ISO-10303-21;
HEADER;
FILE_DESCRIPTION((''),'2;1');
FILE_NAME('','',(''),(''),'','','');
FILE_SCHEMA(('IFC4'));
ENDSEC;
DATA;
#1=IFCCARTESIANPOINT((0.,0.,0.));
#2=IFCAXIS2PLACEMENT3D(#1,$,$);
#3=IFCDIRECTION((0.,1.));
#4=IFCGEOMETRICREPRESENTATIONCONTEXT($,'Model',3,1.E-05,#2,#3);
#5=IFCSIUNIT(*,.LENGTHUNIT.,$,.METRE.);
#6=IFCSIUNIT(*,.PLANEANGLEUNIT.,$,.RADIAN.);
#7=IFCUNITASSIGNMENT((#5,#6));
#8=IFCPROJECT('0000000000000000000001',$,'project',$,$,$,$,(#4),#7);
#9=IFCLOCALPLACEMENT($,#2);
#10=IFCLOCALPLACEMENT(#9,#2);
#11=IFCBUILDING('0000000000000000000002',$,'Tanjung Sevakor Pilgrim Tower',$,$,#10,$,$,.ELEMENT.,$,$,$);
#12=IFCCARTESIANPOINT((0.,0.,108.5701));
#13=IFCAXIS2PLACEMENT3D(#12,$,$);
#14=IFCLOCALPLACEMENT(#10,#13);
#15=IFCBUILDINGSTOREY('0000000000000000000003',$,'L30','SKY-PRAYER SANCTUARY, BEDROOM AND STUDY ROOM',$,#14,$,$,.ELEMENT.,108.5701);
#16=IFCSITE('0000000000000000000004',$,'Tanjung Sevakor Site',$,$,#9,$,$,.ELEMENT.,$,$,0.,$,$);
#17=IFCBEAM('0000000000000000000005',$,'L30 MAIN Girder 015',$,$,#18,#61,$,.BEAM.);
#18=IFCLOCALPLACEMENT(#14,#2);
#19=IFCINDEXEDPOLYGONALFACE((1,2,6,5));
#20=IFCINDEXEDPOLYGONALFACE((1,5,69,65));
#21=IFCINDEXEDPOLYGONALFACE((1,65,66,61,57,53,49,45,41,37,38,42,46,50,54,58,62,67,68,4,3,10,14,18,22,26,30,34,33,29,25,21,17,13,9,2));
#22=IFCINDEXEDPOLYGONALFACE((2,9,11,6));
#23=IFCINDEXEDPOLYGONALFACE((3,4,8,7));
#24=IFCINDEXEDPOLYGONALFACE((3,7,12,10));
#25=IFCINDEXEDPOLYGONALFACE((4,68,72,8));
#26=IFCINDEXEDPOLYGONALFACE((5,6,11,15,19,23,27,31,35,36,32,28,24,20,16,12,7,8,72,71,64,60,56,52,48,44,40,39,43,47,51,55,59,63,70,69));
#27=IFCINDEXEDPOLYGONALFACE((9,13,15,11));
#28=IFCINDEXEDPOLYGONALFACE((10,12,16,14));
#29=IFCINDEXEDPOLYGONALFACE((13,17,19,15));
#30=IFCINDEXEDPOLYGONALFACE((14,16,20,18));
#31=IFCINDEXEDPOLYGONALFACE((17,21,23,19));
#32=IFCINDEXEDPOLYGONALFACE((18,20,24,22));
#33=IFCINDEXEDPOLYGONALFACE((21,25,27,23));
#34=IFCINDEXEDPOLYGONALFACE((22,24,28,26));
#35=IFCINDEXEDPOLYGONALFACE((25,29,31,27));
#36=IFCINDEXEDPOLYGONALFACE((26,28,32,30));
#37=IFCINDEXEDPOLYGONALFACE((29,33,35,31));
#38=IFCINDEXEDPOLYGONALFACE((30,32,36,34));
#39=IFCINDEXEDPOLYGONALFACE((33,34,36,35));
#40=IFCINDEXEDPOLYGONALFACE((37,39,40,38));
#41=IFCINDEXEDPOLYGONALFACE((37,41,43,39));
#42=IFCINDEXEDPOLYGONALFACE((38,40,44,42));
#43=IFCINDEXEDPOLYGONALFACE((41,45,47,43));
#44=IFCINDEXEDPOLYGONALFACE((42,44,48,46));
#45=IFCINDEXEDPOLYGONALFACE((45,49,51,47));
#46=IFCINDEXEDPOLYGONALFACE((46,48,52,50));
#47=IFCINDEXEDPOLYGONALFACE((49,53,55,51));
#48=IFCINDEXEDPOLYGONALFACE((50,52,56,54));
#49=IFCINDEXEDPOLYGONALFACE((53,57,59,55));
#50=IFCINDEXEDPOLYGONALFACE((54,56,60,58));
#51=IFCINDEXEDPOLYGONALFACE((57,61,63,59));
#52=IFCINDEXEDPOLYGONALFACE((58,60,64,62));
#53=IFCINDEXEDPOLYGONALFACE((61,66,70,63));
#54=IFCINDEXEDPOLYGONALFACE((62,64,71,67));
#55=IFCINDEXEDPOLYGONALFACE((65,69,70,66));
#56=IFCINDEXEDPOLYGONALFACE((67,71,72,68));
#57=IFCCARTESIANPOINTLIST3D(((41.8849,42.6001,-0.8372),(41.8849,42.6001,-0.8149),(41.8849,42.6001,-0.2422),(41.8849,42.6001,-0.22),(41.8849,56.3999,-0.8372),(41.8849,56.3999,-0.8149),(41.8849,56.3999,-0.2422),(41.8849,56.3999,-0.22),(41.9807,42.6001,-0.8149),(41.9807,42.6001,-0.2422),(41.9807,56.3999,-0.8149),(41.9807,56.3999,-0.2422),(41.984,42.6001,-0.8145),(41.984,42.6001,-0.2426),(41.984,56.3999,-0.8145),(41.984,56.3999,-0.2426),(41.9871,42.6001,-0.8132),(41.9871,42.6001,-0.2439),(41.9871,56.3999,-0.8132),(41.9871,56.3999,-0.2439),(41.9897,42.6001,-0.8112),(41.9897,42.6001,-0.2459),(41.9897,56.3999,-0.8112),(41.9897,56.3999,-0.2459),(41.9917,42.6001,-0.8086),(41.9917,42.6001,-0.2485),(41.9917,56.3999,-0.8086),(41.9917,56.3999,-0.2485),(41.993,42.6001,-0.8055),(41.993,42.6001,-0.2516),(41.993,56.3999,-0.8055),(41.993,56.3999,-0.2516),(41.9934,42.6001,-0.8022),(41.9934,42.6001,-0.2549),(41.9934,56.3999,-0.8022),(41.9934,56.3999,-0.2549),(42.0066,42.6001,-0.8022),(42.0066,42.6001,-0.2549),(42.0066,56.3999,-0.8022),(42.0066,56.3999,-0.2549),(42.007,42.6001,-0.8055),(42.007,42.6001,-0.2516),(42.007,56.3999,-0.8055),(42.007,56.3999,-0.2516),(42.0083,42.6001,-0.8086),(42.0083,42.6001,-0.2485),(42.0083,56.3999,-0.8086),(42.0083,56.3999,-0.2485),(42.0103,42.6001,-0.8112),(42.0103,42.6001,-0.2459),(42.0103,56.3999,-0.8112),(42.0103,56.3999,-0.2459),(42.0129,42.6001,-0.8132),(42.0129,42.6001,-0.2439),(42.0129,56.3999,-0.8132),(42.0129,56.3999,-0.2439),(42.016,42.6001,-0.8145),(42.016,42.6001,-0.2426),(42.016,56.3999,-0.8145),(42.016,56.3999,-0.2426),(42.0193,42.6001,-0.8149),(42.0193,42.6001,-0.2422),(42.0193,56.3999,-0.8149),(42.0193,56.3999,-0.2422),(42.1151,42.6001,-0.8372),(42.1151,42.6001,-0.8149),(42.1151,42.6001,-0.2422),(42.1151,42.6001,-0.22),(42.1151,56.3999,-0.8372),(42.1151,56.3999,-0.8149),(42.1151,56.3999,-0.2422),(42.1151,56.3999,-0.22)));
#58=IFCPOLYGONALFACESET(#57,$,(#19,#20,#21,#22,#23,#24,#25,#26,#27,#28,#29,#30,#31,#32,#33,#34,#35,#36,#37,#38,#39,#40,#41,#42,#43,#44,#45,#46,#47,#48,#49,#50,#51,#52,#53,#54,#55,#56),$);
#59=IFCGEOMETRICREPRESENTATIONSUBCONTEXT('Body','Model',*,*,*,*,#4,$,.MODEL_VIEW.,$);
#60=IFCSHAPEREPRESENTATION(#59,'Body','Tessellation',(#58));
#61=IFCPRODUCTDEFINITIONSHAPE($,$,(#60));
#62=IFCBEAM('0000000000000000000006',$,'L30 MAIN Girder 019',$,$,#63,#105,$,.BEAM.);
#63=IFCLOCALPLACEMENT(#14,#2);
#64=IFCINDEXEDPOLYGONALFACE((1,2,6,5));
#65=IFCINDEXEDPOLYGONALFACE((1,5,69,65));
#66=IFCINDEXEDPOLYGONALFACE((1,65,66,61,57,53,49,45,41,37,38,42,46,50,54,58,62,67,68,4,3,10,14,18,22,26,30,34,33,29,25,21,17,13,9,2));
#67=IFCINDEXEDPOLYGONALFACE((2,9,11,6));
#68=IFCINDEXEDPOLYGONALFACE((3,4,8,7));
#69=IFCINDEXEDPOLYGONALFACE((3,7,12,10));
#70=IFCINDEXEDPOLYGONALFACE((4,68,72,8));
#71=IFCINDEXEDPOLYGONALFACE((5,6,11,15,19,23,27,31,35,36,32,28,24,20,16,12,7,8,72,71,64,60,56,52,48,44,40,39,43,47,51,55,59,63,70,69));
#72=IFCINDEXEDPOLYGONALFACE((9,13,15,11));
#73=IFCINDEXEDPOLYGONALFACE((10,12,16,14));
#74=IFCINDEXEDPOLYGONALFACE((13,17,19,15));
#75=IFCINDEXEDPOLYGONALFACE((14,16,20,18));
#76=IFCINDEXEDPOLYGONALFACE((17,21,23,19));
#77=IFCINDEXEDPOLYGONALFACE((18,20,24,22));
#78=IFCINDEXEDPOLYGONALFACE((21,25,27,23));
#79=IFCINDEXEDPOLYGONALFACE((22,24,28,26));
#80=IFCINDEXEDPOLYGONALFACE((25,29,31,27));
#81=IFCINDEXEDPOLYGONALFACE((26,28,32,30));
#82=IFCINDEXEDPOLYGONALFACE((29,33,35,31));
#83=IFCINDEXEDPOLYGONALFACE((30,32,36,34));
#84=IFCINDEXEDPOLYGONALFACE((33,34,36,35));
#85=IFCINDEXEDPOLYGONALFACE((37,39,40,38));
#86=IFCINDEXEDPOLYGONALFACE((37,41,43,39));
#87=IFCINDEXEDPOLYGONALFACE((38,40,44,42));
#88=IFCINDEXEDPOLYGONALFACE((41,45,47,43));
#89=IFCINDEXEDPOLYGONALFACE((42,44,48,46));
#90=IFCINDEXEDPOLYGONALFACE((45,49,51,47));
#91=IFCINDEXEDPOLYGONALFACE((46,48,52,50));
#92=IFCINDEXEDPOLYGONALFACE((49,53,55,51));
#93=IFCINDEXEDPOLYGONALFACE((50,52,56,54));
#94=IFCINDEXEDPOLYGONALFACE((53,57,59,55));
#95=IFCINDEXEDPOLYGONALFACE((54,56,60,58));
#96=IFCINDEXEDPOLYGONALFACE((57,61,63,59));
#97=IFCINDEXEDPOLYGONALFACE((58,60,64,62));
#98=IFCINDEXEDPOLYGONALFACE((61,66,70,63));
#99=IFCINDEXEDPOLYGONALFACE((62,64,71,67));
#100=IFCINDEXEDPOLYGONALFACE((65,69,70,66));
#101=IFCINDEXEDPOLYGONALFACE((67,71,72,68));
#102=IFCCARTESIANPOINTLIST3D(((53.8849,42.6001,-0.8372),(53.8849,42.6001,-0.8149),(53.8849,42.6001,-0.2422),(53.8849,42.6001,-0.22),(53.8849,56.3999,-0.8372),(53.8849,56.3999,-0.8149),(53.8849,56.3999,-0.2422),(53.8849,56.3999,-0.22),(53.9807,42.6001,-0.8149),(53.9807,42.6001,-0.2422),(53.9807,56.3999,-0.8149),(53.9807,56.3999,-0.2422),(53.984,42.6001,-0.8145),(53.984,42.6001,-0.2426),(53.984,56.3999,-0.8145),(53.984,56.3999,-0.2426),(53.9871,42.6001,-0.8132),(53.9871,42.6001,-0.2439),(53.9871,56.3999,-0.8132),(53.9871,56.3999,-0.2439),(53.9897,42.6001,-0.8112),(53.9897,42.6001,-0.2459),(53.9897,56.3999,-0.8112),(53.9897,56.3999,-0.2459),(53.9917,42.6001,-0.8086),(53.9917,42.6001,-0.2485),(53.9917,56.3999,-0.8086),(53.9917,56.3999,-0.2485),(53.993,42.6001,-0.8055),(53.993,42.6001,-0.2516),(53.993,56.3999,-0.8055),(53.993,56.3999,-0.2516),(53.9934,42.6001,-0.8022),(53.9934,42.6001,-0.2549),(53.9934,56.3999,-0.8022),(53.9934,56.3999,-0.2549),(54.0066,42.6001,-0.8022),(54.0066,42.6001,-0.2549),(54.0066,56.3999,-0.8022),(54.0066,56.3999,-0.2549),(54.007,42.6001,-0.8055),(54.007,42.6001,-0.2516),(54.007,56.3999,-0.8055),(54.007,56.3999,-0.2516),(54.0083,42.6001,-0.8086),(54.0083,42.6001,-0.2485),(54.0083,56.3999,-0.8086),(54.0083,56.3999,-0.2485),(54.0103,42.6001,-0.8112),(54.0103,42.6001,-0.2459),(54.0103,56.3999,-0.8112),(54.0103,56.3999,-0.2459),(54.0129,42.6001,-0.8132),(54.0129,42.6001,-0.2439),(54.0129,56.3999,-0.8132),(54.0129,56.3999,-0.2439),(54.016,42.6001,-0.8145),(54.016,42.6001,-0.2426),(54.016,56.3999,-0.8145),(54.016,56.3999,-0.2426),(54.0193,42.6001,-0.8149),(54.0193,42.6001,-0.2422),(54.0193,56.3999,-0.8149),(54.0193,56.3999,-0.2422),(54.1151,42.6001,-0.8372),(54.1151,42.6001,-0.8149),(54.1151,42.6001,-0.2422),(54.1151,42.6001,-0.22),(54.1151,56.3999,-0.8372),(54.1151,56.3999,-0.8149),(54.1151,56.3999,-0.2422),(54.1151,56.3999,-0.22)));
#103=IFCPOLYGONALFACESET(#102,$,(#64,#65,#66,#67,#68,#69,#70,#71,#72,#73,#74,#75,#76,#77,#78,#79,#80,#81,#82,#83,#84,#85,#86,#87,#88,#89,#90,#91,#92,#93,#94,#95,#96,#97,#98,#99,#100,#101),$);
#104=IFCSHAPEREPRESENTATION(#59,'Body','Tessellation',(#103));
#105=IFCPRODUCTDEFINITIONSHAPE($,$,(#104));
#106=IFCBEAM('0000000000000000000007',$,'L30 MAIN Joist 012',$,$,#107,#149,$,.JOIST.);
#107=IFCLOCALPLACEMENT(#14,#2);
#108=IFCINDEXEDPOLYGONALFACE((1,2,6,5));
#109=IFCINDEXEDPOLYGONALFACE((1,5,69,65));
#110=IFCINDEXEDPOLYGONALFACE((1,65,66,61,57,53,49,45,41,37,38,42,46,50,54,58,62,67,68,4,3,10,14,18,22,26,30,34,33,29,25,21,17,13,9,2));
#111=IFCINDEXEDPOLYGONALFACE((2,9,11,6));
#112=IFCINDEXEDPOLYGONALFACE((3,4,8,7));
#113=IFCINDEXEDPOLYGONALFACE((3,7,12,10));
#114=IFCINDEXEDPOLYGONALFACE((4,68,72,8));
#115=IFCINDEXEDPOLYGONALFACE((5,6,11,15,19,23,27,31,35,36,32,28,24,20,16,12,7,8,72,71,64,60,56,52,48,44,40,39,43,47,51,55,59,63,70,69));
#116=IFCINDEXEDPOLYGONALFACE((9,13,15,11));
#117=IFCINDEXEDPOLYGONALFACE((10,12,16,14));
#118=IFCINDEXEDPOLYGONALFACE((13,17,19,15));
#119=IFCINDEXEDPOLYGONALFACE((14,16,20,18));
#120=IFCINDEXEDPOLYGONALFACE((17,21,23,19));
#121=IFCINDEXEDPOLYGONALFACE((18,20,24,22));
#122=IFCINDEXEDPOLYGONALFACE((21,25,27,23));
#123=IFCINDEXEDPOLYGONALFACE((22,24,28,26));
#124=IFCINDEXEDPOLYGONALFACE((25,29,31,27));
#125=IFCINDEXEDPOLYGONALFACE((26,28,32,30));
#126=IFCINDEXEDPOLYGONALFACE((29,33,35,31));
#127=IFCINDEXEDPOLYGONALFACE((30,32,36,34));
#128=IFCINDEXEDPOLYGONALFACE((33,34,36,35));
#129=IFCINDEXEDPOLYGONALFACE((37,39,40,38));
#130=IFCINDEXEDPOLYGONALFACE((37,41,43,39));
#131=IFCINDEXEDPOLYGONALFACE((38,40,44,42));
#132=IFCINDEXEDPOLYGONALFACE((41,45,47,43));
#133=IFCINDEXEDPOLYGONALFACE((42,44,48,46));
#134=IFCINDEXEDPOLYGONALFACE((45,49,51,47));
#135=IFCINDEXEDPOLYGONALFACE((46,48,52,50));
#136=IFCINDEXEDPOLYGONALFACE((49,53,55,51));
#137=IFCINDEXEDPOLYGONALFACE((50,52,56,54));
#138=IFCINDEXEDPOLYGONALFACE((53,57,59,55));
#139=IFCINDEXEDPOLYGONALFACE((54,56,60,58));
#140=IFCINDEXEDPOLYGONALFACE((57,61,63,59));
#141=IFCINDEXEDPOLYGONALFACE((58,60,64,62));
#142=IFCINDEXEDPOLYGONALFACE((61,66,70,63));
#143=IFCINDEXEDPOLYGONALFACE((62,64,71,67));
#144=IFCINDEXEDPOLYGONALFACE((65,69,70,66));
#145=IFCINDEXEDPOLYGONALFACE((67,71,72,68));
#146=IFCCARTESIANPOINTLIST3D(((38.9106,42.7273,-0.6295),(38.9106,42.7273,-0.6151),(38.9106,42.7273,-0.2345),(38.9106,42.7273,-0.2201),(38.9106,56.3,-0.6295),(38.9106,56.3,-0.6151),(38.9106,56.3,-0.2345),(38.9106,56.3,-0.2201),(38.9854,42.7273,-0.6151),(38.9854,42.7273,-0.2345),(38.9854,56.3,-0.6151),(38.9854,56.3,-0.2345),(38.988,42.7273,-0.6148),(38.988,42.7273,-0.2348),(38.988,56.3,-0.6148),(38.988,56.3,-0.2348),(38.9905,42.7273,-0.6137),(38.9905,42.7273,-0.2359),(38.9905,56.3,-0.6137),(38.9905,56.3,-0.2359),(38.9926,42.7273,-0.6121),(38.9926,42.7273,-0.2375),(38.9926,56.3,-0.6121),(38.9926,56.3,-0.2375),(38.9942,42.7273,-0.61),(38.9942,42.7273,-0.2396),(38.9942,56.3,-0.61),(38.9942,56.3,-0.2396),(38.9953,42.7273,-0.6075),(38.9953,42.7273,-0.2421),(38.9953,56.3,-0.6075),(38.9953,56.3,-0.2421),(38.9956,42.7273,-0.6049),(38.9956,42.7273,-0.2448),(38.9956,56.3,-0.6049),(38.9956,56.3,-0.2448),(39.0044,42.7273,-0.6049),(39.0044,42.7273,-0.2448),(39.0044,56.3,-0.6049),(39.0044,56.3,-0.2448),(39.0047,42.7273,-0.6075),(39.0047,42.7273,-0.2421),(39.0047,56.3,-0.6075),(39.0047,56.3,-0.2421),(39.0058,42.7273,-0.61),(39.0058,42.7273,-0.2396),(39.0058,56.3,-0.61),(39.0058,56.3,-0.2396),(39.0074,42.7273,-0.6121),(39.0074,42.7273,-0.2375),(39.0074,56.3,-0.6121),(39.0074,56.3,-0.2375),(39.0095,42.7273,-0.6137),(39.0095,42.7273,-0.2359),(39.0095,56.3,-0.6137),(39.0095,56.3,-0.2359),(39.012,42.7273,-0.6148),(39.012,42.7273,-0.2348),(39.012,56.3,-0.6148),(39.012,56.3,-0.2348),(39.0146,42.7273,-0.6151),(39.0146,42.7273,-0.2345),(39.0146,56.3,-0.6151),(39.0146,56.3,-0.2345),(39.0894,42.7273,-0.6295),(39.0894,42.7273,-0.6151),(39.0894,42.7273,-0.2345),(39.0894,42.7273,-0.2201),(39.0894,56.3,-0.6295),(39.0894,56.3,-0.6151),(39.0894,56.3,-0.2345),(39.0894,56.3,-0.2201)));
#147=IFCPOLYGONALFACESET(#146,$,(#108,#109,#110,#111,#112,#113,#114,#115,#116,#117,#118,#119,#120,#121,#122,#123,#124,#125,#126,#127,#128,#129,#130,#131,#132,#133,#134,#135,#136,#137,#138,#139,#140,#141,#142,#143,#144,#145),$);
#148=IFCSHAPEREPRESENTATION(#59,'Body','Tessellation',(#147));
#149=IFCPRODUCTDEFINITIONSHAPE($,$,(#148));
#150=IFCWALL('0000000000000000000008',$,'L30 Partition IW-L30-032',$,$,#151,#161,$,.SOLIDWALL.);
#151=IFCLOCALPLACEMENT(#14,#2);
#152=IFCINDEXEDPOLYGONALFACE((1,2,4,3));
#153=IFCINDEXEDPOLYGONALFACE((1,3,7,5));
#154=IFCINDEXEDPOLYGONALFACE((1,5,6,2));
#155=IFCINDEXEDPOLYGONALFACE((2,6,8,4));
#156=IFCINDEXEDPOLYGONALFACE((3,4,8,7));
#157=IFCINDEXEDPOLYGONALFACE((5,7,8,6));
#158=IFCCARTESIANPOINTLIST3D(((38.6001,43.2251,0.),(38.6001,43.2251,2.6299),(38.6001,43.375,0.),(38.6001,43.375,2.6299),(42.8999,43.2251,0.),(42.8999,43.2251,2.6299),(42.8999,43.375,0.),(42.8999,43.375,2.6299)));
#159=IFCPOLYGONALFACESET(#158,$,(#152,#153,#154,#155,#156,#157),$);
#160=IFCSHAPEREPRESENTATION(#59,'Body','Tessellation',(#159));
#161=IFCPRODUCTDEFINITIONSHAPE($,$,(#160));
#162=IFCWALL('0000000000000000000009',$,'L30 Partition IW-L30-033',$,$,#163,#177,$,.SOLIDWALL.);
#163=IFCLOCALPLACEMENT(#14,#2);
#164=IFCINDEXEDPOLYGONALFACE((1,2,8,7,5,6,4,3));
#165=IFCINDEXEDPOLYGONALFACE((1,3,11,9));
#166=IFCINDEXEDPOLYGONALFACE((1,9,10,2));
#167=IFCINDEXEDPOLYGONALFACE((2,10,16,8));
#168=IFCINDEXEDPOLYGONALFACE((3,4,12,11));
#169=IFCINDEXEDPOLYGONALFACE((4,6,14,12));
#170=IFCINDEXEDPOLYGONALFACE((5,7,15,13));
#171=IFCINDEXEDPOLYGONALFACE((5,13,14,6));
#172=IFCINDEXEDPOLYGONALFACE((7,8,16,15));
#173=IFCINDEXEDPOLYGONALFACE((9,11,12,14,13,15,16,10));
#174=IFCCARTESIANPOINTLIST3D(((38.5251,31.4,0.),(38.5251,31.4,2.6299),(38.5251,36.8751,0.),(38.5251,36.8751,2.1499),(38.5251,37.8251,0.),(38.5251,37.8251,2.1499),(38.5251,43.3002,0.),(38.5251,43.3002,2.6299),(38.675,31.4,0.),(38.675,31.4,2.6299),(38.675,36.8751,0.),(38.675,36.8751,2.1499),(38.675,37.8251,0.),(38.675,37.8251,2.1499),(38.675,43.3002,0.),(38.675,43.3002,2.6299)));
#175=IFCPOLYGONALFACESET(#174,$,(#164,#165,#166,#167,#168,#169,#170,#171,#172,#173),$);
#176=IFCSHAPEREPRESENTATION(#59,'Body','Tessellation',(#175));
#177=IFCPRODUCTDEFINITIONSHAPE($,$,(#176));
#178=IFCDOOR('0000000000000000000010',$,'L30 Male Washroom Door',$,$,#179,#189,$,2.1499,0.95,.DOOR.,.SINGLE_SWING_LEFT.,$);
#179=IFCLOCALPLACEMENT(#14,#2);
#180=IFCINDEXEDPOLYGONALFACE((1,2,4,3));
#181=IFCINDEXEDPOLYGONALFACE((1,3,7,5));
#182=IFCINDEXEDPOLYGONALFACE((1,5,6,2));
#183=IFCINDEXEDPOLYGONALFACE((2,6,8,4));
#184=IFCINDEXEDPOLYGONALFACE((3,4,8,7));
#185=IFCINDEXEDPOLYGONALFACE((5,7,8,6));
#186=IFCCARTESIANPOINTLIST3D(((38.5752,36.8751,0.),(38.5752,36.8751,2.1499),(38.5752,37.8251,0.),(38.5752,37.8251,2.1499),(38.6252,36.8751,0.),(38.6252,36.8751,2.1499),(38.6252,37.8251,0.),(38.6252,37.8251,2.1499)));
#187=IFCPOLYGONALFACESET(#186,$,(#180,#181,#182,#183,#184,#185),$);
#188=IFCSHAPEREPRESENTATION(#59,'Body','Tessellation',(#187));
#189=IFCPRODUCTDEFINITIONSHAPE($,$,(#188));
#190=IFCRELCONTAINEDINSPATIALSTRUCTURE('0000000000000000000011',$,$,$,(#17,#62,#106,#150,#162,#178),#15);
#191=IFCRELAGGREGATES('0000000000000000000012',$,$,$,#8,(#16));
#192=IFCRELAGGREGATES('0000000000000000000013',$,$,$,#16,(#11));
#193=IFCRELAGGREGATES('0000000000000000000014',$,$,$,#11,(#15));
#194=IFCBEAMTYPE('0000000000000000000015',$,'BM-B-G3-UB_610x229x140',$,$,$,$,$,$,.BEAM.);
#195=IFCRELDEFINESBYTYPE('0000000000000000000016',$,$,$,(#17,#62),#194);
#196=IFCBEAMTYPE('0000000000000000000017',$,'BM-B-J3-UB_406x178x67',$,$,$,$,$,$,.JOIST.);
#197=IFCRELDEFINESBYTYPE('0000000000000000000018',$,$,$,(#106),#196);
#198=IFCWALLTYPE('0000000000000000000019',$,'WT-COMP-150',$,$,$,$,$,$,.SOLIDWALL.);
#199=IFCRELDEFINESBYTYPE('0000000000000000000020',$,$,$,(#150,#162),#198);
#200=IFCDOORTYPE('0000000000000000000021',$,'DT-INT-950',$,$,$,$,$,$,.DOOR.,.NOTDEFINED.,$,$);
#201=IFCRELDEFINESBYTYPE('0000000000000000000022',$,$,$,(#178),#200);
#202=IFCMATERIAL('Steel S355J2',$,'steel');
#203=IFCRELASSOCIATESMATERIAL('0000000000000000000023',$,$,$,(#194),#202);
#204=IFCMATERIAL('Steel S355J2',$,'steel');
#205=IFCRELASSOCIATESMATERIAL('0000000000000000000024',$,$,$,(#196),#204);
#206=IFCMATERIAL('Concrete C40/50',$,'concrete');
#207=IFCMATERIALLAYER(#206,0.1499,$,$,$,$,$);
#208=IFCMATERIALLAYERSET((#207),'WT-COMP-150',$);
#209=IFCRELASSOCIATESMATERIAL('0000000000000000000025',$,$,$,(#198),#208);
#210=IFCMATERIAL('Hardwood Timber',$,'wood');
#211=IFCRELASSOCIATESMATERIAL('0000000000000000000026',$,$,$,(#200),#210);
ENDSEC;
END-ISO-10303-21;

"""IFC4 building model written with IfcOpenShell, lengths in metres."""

from ifc_helpers import new_model, si_unit, direction, frame, frame_2d, origin, origin_2d, place, context, subcontext, project, spatial, rectangle, i_section, extrude, material, layer, layer_set, material_profile, profile_set, type_object, element, fill, save


model = new_model("IFC4")

# Units and contexts
model_context = context("Model", 3, precision=1e-05, world=origin(), true_north=direction((0.0, 1.0)))
body_context = subcontext(model_context, "Body", "Model", "MODEL_VIEW")
ifc_project = project(units=[si_unit("LENGTHUNIT", "METRE"), si_unit("PLANEANGLEUNIT", "RADIAN")], contexts=[model_context])

# Site, building, storey
site_placement = place(None, origin())
site = spatial("IfcSite", under=ifc_project, at=site_placement, Name="Tanjung Sevakor Site", CompositionType="ELEMENT", RefElevation=0.0)
building_placement = place(site_placement, origin())
building = spatial("IfcBuilding", under=site, at=building_placement, Name="Tanjung Sevakor Pilgrim Tower", CompositionType="ELEMENT")
storey_placement = place(building_placement, frame((0.0, 0.0, 108.5701)))
storey = spatial("IfcBuildingStorey", under=building, at=storey_placement, Name="L30", Description="SKY-PRAYER SANCTUARY, BEDROOM AND STUDY ROOM", CompositionType="ELEMENT", Elevation=108.5701)

# Beams
ifc_material_1 = material(Name="Steel S355J2", Category="steel")
ifc_material_profile_1 = material_profile(ifc_material_1, i_section(OverallWidth=0.2302, OverallDepth=0.6172, WebThickness=0.0132, FlangeThickness=0.0222, FilletRadius=0.0127, at=origin_2d()))
ifc_profile_set_1 = profile_set([ifc_material_profile_1], Name="Steel S355J2")
beam_type_1 = type_object("IfcBeamType", Name="BM-B-G3-UB_610x229x140", PredefinedType="BEAM", material=ifc_profile_set_1)
for number, where, z_axis, x_axis, name in (
    (1, (42.0, 42.6001, -0.5286), (0.0, 1.0, 0.0), (-1.0, 0.0, 0.0), "L30 MAIN Girder 015"),
    (2, (54.0, 42.6001, -0.5286), (0.0, 1.0, 0.0), (-1.0, 0.0, 0.0), "L30 MAIN Girder 019"),
):
    element("IfcBeam", number, at=place(storey_placement, frame(where, z_axis=z_axis, x_axis=x_axis)), inside=storey, type_object=beam_type_1, Name=name, PredefinedType="BEAM", context=body_context, shape_type="SweptSolid", body=[
        extrude(i_section(OverallWidth=0.2302, OverallDepth=0.6172, WebThickness=0.0132, FlangeThickness=0.0222, FilletRadius=0.0127, at=origin_2d()), origin(), (0.0, 0.0, 1.0), 13.7998),
    ])
ifc_material_2 = material(Name="Steel S355J2", Category="steel")
ifc_material_profile_2 = material_profile(ifc_material_2, i_section(OverallWidth=0.1787, OverallDepth=0.4094, WebThickness=0.0088, FlangeThickness=0.0144, FilletRadius=0.0103, at=origin_2d()))
ifc_profile_set_2 = profile_set([ifc_material_profile_2], Name="Steel S355J2")
beam_type_2 = type_object("IfcBeamType", Name="BM-B-J3-UB_406x178x67", PredefinedType="JOIST", material=ifc_profile_set_2)
beam_placement = place(storey_placement, frame((39.0, 42.7273, -0.4248), z_axis=(0.0, 1.0, 0.0), x_axis=(-1.0, 0.0, 0.0)))
element("IfcBeam", 3, at=beam_placement, inside=storey, type_object=beam_type_2, Name="L30 MAIN Joist 012", PredefinedType="JOIST", context=body_context, shape_type="SweptSolid", body=[
    extrude(i_section(OverallWidth=0.1787, OverallDepth=0.4094, WebThickness=0.0088, FlangeThickness=0.0144, FilletRadius=0.0103, at=origin_2d()), origin(), (0.0, 0.0, 1.0), 13.5728),
])

# Wall
ifc_material_3 = material(Name="Concrete C40/50", Category="concrete")
ifc_layer_1 = layer(ifc_material_3, 0.1499)
ifc_layer_set_1 = layer_set([ifc_layer_1], Name="WT-COMP-150")
wall_type_1 = type_object("IfcWallType", Name="WT-COMP-150", PredefinedType="SOLIDWALL", material=ifc_layer_set_1)
wall_1_placement = place(storey_placement, frame((38.6001, 43.3, 0.0), z_axis=(0.0, 0.0, 1.0), x_axis=(1.0, 0.0, 0.0)))
element("IfcWall", 4, at=wall_1_placement, inside=storey, type_object=wall_type_1, Name="L30 Partition IW-L30-032", PredefinedType="SOLIDWALL", context=body_context, shape_type="SweptSolid", body=[
    extrude(rectangle(XDim=4.2998, YDim=0.1499, at=frame_2d((2.1499, 0.0))), origin(), (0.0, 0.0, 1.0), 2.6299),
])

# Wall, opening, door
wall_2_placement = place(storey_placement, frame((38.6001, 31.3999, 0.0), z_axis=(0.0, 0.0, 1.0), x_axis=(0.0, 1.0, 0.0)))
wall_2 = element("IfcWall", 5, at=wall_2_placement, inside=storey, type_object=wall_type_1, Name="L30 Partition IW-L30-033", PredefinedType="SOLIDWALL", context=body_context, shape_type="SweptSolid", body=[
    extrude(rectangle(XDim=11.9001, YDim=0.1499, at=frame_2d((5.9502, 0.0))), origin(), (0.0, 0.0, 1.0), 2.6299),
])
opening_1_placement = place(wall_2_placement, frame((5.4751, 0.0, 0.0)))
opening_1 = element("IfcOpeningElement", 6, at=opening_1_placement, cuts=wall_2, PredefinedType="OPENING", context=body_context, shape_type="SweptSolid", body=[
    extrude(rectangle(XDim=0.95, YDim=2.1499, at=frame_2d((0.4751, 1.075))), frame((0.0, 0.085, 0.0), z_axis=(0.0, -1.0, 0.0), x_axis=(1.0, 0.0, 0.0)), (0.0, 0.0, 1.0), 0.1699),
])
ifc_material_4 = material(Name="Hardwood Timber", Category="wood")
door_type_1 = type_object("IfcDoorType", Name="DT-INT-950", OperationType="NOTDEFINED", PredefinedType="DOOR", material=ifc_material_4)
door_1_placement = place(opening_1_placement, origin())
door_1 = element("IfcDoor", 7, at=door_1_placement, inside=storey, type_object=door_type_1, Name="L30 Male Washroom Door", OperationType="SINGLE_SWING_LEFT", OverallHeight=2.1499, OverallWidth=0.95, PredefinedType="DOOR", context=body_context, shape_type="SweptSolid", body=[
    extrude(rectangle(XDim=0.95, YDim=2.1499, at=frame_2d((0.4751, 1.075))), frame((0.0, 0.0249, 0.0), z_axis=(0.0, -1.0, 0.0), x_axis=(1.0, 0.0, 0.0)), (0.0, 0.0, 1.0), 0.05),
])
fill(opening_1, door_1)

save(model, "model.ifc")
